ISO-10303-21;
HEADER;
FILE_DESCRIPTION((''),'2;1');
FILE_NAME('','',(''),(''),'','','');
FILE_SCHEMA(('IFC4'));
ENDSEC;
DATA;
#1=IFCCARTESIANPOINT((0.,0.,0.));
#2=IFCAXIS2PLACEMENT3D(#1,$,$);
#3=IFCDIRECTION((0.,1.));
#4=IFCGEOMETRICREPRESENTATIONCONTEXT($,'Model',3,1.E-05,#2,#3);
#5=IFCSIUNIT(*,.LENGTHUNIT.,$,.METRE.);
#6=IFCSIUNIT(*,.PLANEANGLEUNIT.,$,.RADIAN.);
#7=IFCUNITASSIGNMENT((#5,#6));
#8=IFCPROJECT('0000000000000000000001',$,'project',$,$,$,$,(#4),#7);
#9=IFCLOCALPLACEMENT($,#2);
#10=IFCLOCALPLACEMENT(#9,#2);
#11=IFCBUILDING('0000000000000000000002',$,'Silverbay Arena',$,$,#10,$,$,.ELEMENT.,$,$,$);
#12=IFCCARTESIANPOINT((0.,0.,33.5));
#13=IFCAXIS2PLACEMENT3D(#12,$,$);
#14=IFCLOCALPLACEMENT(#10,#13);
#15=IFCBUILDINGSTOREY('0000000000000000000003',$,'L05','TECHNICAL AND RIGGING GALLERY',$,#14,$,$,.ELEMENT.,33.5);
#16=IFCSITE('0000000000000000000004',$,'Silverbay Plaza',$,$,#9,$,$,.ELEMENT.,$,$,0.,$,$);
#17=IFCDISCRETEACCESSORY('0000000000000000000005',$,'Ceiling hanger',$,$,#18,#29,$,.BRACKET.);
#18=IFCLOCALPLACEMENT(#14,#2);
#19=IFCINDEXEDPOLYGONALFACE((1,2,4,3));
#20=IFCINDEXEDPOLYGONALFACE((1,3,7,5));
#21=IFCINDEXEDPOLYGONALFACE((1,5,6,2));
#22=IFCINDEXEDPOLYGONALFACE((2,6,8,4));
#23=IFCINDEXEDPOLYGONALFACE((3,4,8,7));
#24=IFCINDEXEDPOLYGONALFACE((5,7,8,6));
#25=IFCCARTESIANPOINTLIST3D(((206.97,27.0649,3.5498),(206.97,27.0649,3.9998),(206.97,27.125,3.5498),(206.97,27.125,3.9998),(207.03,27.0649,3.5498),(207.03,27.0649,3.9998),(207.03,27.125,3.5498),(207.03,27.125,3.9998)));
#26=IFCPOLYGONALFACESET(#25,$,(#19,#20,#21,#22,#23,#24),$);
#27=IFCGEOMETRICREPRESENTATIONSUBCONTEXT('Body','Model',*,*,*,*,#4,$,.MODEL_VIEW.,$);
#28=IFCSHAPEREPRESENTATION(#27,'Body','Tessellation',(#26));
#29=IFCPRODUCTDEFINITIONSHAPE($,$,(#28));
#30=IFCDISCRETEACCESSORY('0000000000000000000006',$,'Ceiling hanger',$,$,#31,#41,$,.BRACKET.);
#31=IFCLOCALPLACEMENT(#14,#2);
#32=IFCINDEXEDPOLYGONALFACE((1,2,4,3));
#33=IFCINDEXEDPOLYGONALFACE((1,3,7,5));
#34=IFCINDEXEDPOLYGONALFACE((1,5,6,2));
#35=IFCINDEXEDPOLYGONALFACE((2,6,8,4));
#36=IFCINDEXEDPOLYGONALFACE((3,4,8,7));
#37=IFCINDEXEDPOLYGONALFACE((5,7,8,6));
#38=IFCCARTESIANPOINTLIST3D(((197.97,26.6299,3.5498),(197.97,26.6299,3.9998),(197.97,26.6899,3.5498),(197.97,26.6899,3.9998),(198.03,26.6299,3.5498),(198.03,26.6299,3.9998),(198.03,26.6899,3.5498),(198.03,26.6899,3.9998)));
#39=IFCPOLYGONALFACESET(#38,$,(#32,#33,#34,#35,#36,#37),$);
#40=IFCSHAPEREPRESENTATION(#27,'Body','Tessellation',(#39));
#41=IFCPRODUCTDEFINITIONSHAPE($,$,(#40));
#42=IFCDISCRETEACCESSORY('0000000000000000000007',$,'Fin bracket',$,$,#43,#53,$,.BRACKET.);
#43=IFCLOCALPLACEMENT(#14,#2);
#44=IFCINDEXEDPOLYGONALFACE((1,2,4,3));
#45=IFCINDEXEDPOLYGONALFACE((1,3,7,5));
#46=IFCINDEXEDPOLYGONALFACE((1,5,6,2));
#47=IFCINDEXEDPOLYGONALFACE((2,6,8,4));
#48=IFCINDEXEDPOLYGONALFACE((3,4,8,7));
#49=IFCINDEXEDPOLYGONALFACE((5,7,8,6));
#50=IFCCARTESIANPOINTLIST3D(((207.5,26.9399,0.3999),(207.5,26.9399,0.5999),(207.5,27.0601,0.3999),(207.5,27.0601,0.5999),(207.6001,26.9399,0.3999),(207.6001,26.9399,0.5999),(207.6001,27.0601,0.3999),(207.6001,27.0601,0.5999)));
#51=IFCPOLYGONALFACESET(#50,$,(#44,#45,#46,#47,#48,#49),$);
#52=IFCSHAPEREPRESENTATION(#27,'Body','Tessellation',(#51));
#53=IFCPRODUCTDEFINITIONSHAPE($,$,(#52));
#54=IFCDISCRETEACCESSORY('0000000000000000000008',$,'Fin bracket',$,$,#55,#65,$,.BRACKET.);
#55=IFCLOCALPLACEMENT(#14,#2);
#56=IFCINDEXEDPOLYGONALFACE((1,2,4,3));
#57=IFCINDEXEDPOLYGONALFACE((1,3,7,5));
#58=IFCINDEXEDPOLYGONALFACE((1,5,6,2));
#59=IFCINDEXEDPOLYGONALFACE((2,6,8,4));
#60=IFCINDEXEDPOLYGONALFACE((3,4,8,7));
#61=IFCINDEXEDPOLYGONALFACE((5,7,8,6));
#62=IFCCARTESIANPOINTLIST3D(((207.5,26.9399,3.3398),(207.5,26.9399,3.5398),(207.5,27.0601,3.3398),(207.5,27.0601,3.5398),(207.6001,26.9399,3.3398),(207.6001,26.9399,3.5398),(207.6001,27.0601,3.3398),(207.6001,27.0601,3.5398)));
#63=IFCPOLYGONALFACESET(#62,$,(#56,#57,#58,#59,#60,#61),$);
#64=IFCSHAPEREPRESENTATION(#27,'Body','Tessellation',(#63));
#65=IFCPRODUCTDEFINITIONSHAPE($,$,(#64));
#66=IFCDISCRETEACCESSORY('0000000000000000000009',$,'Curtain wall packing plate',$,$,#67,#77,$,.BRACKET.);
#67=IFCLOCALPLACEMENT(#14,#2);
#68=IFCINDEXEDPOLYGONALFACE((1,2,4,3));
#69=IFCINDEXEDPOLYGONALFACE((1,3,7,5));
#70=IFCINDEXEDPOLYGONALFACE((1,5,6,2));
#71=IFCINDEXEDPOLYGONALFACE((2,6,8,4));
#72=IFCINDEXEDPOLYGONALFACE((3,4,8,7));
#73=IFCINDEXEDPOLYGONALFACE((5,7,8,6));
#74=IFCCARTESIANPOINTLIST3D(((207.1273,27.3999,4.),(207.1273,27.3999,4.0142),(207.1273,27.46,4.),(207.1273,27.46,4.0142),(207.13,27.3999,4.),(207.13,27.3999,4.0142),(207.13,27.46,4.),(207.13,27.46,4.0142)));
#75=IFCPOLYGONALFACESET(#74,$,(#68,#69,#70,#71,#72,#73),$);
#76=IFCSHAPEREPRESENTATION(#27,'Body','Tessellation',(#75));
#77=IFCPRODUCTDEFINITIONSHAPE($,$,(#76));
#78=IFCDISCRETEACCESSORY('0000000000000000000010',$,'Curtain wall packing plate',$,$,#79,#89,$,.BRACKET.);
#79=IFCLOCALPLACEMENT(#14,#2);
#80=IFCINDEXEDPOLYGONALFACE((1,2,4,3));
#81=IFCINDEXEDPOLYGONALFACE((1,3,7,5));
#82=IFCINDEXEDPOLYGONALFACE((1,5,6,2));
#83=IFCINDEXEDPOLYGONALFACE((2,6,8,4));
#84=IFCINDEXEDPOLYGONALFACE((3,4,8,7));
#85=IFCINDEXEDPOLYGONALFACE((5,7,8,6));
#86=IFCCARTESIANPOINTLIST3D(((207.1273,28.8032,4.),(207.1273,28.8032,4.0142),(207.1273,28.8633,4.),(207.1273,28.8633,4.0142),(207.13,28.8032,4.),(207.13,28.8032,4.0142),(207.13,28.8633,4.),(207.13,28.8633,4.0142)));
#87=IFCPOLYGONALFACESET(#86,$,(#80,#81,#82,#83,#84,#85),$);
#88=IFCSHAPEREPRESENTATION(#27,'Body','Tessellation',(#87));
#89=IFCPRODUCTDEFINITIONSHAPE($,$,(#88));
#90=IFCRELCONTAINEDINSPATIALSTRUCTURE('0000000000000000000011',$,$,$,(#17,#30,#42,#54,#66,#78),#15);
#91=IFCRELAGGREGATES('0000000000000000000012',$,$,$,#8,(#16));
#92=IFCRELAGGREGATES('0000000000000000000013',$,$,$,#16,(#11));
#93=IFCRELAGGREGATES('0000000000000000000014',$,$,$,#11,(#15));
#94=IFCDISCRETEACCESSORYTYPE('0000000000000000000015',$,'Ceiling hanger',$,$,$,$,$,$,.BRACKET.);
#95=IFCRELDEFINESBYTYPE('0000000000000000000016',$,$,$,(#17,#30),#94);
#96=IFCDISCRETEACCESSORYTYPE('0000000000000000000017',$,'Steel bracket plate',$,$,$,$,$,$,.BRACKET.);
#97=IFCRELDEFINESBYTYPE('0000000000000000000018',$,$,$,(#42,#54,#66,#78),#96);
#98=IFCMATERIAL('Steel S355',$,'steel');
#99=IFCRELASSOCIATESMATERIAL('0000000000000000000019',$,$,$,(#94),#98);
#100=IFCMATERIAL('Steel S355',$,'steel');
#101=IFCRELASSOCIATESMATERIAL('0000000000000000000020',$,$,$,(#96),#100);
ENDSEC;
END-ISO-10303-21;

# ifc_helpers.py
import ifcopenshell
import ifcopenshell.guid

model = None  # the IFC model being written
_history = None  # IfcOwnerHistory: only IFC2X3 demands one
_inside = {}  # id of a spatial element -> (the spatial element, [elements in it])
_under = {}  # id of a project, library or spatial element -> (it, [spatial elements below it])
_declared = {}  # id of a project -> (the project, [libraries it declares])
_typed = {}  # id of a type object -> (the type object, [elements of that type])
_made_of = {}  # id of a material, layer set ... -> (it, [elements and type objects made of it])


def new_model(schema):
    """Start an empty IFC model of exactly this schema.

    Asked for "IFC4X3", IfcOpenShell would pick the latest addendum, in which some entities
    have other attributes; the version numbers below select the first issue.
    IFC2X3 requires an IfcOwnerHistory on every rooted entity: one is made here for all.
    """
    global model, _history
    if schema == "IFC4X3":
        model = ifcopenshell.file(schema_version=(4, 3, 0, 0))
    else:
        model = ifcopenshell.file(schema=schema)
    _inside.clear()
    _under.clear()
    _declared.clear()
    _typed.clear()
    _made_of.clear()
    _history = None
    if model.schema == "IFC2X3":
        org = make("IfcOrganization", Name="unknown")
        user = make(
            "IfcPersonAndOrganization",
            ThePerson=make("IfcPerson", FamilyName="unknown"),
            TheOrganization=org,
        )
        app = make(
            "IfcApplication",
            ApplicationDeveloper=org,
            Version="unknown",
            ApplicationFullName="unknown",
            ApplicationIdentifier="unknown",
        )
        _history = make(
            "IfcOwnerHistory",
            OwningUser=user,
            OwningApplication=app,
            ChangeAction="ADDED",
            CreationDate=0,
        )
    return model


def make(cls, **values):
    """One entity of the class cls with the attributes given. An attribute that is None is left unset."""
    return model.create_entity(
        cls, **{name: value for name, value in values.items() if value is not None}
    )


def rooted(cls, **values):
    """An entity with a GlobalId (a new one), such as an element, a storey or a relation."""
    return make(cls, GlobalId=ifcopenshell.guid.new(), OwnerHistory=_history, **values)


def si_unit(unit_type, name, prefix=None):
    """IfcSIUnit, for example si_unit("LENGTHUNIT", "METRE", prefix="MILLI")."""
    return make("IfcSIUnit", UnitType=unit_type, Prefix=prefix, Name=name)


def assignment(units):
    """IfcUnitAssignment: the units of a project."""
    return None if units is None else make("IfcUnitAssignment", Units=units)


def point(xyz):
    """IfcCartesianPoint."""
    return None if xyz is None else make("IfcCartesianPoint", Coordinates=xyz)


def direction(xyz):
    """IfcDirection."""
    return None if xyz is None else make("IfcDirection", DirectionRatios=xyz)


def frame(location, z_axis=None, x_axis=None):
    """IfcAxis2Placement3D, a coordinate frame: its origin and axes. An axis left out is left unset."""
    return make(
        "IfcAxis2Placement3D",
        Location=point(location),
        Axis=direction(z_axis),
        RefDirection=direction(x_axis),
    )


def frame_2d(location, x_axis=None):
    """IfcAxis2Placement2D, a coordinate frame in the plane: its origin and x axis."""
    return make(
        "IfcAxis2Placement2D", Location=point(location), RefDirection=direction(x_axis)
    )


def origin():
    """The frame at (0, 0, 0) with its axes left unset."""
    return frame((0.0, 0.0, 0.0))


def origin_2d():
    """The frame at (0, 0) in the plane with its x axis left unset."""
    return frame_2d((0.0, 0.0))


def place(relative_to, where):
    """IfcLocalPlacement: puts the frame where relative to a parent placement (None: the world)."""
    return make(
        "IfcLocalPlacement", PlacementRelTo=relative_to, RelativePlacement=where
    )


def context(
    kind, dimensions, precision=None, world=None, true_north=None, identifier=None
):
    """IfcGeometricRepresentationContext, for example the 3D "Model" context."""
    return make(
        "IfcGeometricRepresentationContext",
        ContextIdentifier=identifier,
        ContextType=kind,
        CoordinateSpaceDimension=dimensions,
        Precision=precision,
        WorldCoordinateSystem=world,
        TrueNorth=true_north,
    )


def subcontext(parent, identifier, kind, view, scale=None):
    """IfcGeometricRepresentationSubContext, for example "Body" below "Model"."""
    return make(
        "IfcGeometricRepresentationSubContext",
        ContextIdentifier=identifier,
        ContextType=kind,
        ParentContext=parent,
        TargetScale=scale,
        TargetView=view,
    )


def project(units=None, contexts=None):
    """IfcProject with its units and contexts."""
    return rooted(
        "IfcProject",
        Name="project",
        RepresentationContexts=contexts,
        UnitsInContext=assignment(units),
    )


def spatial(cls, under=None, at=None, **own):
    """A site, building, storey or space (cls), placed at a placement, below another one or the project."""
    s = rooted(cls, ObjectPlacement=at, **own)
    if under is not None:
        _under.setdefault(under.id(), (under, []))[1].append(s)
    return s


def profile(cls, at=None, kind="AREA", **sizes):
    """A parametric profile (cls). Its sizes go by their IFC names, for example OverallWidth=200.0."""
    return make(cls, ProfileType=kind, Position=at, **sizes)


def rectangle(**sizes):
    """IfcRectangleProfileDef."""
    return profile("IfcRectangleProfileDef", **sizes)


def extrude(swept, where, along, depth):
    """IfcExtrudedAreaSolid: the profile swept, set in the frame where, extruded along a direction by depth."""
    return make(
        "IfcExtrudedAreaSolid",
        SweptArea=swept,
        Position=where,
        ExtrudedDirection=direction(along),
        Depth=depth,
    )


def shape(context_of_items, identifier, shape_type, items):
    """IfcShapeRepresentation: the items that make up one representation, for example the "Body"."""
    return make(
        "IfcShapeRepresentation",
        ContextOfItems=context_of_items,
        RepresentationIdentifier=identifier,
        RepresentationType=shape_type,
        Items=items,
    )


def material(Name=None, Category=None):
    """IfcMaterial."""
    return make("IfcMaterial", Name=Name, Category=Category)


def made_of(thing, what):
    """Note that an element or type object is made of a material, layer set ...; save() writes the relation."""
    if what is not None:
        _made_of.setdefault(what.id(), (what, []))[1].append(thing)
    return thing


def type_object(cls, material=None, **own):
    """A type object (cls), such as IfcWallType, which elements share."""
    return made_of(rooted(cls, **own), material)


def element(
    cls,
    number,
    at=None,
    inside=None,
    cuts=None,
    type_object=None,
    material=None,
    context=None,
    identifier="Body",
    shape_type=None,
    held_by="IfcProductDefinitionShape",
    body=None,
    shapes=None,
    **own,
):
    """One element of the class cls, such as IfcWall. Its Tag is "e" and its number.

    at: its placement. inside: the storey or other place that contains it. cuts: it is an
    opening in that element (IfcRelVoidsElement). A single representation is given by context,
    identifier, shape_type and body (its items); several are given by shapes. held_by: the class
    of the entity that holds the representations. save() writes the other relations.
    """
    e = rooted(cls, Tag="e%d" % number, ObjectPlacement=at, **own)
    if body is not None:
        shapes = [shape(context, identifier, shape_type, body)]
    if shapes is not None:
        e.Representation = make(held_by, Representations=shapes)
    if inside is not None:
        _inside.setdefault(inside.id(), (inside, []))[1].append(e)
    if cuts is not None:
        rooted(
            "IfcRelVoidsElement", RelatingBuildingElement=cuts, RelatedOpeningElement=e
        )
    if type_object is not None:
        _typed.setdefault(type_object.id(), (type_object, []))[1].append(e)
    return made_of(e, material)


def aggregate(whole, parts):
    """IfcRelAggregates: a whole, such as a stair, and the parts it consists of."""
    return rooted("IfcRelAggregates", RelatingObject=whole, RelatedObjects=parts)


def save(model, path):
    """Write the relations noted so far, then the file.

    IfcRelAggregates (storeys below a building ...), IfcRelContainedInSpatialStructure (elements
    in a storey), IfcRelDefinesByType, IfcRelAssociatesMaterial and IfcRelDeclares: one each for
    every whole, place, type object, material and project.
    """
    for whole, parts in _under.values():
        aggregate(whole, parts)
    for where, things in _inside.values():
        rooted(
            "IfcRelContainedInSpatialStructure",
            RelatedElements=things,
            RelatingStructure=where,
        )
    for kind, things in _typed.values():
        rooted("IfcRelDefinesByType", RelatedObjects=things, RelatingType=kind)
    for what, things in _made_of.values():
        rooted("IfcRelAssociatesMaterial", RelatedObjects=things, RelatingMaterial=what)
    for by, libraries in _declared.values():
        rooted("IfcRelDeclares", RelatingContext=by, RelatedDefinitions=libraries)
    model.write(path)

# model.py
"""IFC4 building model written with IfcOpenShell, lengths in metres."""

from ifc_helpers import new_model, si_unit, direction, frame, origin, origin_2d, place, context, subcontext, project, spatial, rectangle, extrude, material, type_object, element, save


model = new_model("IFC4")

# Units and contexts
model_context = context("Model", 3, precision=1e-05, world=origin(), true_north=direction((0.0, 1.0)))
body_context = subcontext(model_context, "Body", "Model", "MODEL_VIEW")
ifc_project = project(units=[si_unit("LENGTHUNIT", "METRE"), si_unit("PLANEANGLEUNIT", "RADIAN")], contexts=[model_context])

# Site, building, storey
site_placement = place(None, origin())
site = spatial("IfcSite", under=ifc_project, at=site_placement, Name="Silverbay Plaza", CompositionType="ELEMENT", RefElevation=0.0)
building_placement = place(site_placement, origin())
building = spatial("IfcBuilding", under=site, at=building_placement, Name="Silverbay Arena", CompositionType="ELEMENT")
storey_placement = place(building_placement, frame((0.0, 0.0, 33.5)))
storey = spatial("IfcBuildingStorey", under=building, at=storey_placement, Name="L05", Description="TECHNICAL AND RIGGING GALLERY", CompositionType="ELEMENT", Elevation=33.5)

# Discrete accessories
ifc_material_1 = material(Name="Steel S355", Category="steel")
discrete_accessory_type_1 = type_object("IfcDiscreteAccessoryType", Name="Ceiling hanger", PredefinedType="BRACKET", material=ifc_material_1)
for number, where, z_axis, x_axis, name in (
    (1, (207.0, 27.095, 3.5498), (0.0, 0.0, 1.0), (1.0, 0.0, 0.0), "Ceiling hanger"),
    (2, (198.0, 26.6599, 3.5498), (0.0, 0.0, 1.0), (1.0, 0.0, 0.0), "Ceiling hanger"),
):
    element("IfcDiscreteAccessory", number, at=place(storey_placement, frame(where, z_axis=z_axis, x_axis=x_axis)), inside=storey, type_object=discrete_accessory_type_1, Name=name, PredefinedType="BRACKET", context=body_context, shape_type="SweptSolid", body=[
        extrude(rectangle(XDim=0.0601, YDim=0.0601, at=origin_2d()), origin(), (0.0, 0.0, 1.0), 0.45),
    ])
ifc_material_2 = material(Name="Steel S355", Category="steel")
discrete_accessory_type_2 = type_object("IfcDiscreteAccessoryType", Name="Steel bracket plate", PredefinedType="BRACKET", material=ifc_material_2)
for number, where, z_axis, x_axis, name in (
    (3, (207.55, 27.0, 0.3999), (0.0, 0.0, 1.0), (1.0, 0.0, 0.0), "Fin bracket"),
    (4, (207.55, 27.0, 3.3398), (0.0, 0.0, 1.0), (1.0, 0.0, 0.0), "Fin bracket"),
):
    element("IfcDiscreteAccessory", number, at=place(storey_placement, frame(where, z_axis=z_axis, x_axis=x_axis)), inside=storey, type_object=discrete_accessory_type_2, Name=name, PredefinedType="BRACKET", context=body_context, shape_type="SweptSolid", body=[
        extrude(rectangle(XDim=0.1001, YDim=0.1201, at=origin_2d()), origin(), (0.0, 0.0, 1.0), 0.2),
    ])
for number, where, z_axis, x_axis, name in (
    (5, (207.1287, 27.4299, 4.0), (0.0, 0.0, 1.0), (1.0, 0.0, 0.0), "Curtain wall packing plate"),
    (6, (207.1287, 28.8333, 4.0), (0.0, 0.0, 1.0), (1.0, 0.0, 0.0), "Curtain wall packing plate"),
):
    element("IfcDiscreteAccessory", number, at=place(storey_placement, frame(where, z_axis=z_axis, x_axis=x_axis)), inside=storey, type_object=discrete_accessory_type_2, Name=name, PredefinedType="BRACKET", context=body_context, shape_type="SweptSolid", body=[
        extrude(rectangle(XDim=0.0027, YDim=0.0601, at=origin_2d()), origin(), (0.0, 0.0, 1.0), 0.0142),
    ])

save(model, "model.ifc")
